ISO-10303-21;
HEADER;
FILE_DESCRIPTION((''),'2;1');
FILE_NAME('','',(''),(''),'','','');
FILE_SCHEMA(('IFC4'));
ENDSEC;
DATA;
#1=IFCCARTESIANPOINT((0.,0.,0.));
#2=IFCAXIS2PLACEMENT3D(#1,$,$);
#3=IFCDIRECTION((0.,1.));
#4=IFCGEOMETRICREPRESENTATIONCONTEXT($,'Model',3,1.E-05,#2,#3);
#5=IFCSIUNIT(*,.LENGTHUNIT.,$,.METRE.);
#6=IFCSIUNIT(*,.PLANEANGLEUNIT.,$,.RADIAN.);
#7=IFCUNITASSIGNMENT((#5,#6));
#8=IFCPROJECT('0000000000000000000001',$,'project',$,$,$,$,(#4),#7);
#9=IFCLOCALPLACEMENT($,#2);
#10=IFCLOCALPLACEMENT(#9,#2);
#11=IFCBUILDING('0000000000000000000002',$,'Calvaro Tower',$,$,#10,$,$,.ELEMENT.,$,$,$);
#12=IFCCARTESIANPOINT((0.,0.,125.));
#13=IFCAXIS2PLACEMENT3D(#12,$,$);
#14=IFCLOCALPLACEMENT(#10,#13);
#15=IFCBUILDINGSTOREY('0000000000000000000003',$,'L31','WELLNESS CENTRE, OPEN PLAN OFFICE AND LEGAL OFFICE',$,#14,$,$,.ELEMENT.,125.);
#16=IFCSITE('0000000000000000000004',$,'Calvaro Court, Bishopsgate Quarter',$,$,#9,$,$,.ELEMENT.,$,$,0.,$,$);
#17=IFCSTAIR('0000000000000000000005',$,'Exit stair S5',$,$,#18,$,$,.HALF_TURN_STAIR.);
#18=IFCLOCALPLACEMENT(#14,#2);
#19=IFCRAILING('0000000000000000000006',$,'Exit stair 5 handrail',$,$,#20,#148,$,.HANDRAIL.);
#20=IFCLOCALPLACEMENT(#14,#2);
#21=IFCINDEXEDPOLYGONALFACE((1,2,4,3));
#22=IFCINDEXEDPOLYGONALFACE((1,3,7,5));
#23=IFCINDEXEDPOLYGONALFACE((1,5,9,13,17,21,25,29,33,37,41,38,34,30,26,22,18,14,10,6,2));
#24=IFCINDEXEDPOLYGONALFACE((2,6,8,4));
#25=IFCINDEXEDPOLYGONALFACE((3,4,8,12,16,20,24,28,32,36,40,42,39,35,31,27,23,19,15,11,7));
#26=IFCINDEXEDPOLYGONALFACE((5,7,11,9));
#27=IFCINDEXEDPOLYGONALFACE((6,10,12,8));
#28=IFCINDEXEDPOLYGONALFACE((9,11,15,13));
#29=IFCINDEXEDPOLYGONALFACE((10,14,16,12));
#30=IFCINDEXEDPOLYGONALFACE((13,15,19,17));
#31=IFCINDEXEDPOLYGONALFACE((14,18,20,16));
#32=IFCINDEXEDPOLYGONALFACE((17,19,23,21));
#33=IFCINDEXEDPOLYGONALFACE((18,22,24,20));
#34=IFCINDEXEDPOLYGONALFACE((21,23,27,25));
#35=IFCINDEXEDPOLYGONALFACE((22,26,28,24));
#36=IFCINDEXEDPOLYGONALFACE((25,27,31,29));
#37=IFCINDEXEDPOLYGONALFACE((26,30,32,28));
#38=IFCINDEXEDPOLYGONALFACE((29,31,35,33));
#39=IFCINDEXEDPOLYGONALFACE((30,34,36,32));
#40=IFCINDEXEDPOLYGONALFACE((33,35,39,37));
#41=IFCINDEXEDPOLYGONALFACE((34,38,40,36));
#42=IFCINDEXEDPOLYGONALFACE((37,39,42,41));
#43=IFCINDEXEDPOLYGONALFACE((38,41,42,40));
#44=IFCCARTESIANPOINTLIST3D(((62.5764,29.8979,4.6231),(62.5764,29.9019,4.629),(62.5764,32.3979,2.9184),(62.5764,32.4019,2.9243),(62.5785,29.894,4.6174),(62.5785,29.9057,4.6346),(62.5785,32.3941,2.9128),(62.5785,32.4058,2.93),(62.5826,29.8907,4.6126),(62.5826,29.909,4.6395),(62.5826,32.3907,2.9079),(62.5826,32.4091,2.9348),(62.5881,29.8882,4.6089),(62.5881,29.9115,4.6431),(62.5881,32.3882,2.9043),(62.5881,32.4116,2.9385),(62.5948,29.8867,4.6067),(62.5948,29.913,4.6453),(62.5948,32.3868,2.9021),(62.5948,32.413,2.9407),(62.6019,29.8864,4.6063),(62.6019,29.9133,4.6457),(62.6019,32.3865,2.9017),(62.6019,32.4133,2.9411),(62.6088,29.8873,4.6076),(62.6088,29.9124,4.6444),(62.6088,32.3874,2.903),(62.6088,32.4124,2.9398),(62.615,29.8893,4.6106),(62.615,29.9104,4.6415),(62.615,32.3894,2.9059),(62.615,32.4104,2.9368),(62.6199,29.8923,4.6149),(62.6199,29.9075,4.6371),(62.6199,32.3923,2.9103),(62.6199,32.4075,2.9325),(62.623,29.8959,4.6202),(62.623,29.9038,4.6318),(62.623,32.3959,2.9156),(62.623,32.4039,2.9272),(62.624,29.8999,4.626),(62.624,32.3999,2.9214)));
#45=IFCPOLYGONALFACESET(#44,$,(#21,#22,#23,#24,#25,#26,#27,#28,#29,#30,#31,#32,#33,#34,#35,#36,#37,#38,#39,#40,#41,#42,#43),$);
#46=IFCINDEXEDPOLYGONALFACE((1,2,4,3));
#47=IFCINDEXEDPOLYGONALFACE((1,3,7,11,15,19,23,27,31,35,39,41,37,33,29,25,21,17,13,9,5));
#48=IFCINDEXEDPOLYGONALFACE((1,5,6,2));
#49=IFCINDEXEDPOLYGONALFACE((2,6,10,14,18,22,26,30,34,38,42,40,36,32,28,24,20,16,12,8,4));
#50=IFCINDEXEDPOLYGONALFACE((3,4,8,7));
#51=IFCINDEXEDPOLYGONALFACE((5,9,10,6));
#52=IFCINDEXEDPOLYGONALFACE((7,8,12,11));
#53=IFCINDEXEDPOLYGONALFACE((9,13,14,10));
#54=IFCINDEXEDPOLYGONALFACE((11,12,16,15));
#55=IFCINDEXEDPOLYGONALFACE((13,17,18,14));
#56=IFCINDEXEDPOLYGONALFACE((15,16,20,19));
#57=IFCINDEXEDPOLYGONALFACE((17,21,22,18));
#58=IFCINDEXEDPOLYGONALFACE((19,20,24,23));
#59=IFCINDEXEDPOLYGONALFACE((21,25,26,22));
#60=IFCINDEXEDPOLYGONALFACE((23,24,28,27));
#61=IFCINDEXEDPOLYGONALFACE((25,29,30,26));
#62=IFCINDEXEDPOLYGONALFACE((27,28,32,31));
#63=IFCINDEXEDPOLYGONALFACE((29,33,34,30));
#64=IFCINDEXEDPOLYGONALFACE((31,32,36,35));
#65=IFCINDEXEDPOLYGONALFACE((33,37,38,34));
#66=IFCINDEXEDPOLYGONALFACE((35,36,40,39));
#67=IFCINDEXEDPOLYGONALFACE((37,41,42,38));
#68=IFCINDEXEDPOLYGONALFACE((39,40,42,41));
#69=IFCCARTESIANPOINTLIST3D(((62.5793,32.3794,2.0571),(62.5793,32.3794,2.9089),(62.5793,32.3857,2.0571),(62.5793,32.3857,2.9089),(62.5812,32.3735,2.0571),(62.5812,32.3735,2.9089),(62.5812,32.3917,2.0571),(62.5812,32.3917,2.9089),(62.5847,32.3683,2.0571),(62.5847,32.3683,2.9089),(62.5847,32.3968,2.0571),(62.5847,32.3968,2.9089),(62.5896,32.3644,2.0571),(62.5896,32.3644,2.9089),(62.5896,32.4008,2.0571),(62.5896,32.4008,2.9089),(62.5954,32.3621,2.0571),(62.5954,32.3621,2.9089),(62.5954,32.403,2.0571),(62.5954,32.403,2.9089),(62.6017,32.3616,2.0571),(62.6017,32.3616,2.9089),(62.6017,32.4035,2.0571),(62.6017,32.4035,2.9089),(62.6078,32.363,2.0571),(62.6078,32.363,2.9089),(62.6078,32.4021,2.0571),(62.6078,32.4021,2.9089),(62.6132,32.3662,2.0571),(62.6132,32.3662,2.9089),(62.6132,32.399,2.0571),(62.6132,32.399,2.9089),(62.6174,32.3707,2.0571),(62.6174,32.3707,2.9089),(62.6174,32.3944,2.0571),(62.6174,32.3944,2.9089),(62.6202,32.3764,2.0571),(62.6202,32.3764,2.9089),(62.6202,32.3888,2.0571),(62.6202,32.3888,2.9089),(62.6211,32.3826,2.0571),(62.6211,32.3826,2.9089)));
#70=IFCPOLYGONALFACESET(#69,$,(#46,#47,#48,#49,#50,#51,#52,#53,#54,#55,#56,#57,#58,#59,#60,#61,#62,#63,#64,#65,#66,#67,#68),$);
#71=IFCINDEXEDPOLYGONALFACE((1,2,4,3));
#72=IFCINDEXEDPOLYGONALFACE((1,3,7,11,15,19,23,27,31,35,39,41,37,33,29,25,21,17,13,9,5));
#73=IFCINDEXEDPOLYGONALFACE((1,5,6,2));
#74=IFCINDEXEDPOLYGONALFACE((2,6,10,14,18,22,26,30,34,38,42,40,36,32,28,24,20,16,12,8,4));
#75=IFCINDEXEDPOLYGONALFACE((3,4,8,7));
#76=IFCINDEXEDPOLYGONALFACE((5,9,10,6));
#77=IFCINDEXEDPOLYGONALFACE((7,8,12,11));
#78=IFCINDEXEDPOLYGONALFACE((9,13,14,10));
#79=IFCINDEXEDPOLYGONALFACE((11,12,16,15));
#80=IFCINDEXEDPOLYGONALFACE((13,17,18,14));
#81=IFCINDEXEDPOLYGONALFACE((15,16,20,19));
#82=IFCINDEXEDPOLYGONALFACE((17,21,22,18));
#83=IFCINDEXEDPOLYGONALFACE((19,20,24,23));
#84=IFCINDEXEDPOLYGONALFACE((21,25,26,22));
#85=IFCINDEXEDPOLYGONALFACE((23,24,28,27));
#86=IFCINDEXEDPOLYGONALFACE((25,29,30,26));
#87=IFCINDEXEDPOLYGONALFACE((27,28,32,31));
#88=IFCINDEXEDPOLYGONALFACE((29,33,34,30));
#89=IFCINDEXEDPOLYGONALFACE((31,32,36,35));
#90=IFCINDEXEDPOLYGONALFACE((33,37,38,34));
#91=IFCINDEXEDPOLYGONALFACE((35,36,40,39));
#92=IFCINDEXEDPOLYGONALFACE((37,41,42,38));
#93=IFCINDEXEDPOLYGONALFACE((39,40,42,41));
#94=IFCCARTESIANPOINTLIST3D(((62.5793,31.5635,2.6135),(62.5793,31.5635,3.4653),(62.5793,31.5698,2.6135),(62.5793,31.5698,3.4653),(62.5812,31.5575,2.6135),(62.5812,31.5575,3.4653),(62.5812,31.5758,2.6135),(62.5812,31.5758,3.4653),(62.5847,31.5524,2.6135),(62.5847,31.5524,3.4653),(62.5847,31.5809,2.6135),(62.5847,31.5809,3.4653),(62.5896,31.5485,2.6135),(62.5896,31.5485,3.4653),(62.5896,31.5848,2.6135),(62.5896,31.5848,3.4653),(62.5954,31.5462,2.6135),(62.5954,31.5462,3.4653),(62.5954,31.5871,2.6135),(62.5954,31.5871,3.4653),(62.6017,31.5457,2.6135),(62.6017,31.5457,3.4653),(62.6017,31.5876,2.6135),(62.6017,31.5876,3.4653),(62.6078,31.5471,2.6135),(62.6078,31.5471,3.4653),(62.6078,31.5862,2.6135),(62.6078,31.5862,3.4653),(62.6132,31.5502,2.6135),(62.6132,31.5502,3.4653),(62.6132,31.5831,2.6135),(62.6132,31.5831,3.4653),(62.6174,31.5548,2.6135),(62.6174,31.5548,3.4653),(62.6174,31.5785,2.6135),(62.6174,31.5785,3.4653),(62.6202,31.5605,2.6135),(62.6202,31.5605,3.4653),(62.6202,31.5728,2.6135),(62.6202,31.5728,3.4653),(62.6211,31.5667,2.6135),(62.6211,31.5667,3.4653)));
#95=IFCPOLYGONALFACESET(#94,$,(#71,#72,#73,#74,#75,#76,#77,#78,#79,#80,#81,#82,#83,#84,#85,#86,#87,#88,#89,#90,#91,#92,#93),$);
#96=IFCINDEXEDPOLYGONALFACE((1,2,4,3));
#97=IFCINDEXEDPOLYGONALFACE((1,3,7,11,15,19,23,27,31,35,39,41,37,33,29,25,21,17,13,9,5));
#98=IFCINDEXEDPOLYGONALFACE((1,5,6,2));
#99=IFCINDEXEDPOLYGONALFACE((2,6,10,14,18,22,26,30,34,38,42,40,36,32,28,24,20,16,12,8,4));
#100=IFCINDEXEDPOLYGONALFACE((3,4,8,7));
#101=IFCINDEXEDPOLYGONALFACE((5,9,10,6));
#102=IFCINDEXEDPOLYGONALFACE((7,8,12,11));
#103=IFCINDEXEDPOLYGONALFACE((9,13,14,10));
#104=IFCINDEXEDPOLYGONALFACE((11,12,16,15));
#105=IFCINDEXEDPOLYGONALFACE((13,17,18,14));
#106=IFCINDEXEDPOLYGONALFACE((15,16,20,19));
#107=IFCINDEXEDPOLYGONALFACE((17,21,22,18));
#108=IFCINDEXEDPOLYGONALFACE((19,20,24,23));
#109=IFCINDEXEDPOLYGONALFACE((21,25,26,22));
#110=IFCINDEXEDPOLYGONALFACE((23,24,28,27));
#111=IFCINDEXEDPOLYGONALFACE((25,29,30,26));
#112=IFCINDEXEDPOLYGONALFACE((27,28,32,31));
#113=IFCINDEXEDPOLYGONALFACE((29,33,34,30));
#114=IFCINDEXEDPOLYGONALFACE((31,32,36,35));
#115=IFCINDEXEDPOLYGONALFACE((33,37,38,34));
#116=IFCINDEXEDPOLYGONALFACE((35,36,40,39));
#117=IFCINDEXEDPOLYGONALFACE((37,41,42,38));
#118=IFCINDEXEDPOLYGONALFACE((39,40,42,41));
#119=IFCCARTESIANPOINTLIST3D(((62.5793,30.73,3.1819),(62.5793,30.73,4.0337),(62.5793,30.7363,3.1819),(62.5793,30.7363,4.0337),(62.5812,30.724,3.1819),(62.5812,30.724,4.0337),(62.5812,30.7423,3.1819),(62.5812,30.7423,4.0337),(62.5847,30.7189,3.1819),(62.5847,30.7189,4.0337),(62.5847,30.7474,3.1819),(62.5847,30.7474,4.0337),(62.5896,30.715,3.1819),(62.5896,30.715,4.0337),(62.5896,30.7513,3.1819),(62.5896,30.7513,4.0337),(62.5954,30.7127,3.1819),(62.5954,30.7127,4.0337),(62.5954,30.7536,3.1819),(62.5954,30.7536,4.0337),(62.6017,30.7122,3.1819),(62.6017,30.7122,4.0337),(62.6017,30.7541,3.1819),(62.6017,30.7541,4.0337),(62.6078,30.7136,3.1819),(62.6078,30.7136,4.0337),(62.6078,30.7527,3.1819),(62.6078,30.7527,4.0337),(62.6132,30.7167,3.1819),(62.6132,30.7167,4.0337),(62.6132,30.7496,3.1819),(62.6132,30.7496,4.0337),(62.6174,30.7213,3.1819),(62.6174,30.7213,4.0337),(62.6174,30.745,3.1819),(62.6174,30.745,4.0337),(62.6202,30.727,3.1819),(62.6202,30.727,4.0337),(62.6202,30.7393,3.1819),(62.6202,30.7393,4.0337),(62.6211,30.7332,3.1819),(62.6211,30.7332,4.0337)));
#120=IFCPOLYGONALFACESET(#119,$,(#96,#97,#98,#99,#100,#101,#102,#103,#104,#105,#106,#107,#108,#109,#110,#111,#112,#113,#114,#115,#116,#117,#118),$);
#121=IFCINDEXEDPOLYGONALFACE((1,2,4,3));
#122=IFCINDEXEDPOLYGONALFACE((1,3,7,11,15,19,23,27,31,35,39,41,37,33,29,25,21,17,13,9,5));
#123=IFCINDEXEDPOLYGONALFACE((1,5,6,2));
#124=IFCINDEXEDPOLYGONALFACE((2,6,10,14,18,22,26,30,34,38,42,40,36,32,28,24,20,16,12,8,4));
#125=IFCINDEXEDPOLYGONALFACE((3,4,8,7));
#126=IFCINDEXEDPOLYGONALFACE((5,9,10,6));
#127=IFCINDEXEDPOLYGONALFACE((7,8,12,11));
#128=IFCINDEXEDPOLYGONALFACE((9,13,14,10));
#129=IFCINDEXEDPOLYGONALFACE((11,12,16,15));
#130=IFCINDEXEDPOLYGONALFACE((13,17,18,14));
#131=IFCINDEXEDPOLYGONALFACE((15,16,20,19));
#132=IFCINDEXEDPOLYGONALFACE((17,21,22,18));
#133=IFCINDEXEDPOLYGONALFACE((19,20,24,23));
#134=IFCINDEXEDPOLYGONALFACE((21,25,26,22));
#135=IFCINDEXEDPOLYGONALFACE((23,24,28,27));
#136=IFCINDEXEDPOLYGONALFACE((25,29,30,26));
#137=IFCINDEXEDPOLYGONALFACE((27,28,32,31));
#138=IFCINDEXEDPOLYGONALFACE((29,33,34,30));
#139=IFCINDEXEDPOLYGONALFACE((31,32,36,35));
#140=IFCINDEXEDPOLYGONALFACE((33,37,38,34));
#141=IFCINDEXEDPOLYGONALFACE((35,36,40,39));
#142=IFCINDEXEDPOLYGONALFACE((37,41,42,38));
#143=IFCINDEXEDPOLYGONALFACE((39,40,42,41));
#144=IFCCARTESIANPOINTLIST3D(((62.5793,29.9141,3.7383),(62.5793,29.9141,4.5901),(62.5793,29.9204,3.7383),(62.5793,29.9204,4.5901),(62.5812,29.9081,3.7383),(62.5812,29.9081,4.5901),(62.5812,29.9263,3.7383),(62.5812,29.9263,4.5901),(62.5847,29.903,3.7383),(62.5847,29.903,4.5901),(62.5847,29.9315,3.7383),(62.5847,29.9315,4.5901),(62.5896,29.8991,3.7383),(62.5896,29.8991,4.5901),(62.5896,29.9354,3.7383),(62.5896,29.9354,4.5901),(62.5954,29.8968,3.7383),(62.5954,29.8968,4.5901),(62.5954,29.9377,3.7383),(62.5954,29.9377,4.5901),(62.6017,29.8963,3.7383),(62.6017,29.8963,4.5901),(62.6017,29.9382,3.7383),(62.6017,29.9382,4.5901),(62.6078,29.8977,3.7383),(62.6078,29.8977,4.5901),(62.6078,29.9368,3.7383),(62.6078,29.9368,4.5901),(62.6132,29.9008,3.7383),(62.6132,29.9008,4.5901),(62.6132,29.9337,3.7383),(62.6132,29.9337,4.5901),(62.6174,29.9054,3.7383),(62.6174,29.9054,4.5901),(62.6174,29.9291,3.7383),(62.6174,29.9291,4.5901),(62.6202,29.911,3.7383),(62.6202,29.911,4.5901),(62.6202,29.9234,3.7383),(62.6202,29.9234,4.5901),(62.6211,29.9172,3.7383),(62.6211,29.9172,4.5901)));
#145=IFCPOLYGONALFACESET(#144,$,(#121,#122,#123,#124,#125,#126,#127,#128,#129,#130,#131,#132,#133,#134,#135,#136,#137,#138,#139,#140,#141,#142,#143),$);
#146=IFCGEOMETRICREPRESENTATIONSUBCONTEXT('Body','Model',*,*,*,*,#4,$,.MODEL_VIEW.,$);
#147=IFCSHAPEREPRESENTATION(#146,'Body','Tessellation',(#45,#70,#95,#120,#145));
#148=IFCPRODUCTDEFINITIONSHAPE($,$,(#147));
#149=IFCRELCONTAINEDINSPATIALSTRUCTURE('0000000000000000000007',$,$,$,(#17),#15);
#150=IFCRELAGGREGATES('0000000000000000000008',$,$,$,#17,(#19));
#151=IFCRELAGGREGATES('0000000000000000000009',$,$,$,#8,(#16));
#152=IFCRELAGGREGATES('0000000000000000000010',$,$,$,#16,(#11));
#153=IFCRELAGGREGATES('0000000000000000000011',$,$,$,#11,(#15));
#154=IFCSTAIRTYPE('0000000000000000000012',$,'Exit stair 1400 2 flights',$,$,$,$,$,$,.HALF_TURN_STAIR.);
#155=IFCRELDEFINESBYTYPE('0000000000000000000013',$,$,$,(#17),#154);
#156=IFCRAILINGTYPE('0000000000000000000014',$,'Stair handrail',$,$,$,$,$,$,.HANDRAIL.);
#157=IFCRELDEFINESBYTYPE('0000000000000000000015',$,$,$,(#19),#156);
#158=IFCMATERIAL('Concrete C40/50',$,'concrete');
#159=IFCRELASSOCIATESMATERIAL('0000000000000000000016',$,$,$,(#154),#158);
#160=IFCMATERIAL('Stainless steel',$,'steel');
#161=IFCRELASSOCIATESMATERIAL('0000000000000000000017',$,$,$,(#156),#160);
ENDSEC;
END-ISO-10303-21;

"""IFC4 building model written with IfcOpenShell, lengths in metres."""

from ifc_helpers import new_model, si_unit, direction, frame, origin, origin_2d, place, context, subcontext, project, spatial, circle, extrude, material, type_object, element, aggregate, save


model = new_model("IFC4")

# Units and contexts
model_context = context("Model", 3, precision=1e-05, world=origin(), true_north=direction((0.0, 1.0)))
body_context = subcontext(model_context, "Body", "Model", "MODEL_VIEW")
ifc_project = project(units=[si_unit("LENGTHUNIT", "METRE"), si_unit("PLANEANGLEUNIT", "RADIAN")], contexts=[model_context])

# Site, building, storey
site_placement = place(None, origin())
site = spatial("IfcSite", under=ifc_project, at=site_placement, Name="Calvaro Court, Bishopsgate Quarter", CompositionType="ELEMENT", RefElevation=0.0)
building_placement = place(site_placement, origin())
building = spatial("IfcBuilding", under=site, at=building_placement, Name="Calvaro Tower", CompositionType="ELEMENT")
storey_placement = place(building_placement, frame((0.0, 0.0, 125.0)))
storey = spatial("IfcBuildingStorey", under=building, at=storey_placement, Name="L31", Description="WELLNESS CENTRE, OPEN PLAN OFFICE AND LEGAL OFFICE", CompositionType="ELEMENT", Elevation=125.0)

# Stair
ifc_material_1 = material(Name="Concrete C40/50", Category="concrete")
stair_type = type_object("IfcStairType", Name="Exit stair 1400 2 flights", PredefinedType="HALF_TURN_STAIR", material=ifc_material_1)
stair_1_placement = place(storey_placement, origin())
stair_1 = element("IfcStair", 1, at=stair_1_placement, inside=storey, type_object=stair_type, Name="Exit stair S5", PredefinedType="HALF_TURN_STAIR")

# Shared definitions
ifc_material_2 = material(Name="Stainless steel", Category="steel")
railing_type = type_object("IfcRailingType", Name="Stair handrail", PredefinedType="HANDRAIL", material=ifc_material_2)

# Railing
railing_1_placement = place(storey_placement, frame((62.6001, 32.3999, 2.0454)))
railing_1 = element("IfcRailing", 2, at=railing_1_placement, type_object=railing_type, Name="Exit stair 5 handrail", PredefinedType="HANDRAIL", context=body_context, shape_type="SweptSolid", body=[
    extrude(circle(Radius=0.0239, at=origin_2d()), frame((0.0, 0.0, 0.876), z_axis=(0.0, -0.826221, 0.563347), x_axis=(1.0, 0.0, 0.0)), (0.0, 0.0, 1.0), 3.0259),
    extrude(circle(Radius=0.021, at=origin_2d()), frame((0.0, -0.0173, 0.0117)), (0.0, 0.0, 1.0), 0.8518),
    extrude(circle(Radius=0.021, at=origin_2d()), frame((0.0, -0.8333, 0.5681)), (0.0, 0.0, 1.0), 0.8518),
    extrude(circle(Radius=0.021, at=origin_2d()), frame((0.0, -1.6667, 1.1365)), (0.0, 0.0, 1.0), 0.8518),
    extrude(circle(Radius=0.021, at=origin_2d()), frame((0.0, -2.4827, 1.6929)), (0.0, 0.0, 1.0), 0.8518),
])
aggregate(stair_1, [railing_1])

save(model, "model.ifc")
